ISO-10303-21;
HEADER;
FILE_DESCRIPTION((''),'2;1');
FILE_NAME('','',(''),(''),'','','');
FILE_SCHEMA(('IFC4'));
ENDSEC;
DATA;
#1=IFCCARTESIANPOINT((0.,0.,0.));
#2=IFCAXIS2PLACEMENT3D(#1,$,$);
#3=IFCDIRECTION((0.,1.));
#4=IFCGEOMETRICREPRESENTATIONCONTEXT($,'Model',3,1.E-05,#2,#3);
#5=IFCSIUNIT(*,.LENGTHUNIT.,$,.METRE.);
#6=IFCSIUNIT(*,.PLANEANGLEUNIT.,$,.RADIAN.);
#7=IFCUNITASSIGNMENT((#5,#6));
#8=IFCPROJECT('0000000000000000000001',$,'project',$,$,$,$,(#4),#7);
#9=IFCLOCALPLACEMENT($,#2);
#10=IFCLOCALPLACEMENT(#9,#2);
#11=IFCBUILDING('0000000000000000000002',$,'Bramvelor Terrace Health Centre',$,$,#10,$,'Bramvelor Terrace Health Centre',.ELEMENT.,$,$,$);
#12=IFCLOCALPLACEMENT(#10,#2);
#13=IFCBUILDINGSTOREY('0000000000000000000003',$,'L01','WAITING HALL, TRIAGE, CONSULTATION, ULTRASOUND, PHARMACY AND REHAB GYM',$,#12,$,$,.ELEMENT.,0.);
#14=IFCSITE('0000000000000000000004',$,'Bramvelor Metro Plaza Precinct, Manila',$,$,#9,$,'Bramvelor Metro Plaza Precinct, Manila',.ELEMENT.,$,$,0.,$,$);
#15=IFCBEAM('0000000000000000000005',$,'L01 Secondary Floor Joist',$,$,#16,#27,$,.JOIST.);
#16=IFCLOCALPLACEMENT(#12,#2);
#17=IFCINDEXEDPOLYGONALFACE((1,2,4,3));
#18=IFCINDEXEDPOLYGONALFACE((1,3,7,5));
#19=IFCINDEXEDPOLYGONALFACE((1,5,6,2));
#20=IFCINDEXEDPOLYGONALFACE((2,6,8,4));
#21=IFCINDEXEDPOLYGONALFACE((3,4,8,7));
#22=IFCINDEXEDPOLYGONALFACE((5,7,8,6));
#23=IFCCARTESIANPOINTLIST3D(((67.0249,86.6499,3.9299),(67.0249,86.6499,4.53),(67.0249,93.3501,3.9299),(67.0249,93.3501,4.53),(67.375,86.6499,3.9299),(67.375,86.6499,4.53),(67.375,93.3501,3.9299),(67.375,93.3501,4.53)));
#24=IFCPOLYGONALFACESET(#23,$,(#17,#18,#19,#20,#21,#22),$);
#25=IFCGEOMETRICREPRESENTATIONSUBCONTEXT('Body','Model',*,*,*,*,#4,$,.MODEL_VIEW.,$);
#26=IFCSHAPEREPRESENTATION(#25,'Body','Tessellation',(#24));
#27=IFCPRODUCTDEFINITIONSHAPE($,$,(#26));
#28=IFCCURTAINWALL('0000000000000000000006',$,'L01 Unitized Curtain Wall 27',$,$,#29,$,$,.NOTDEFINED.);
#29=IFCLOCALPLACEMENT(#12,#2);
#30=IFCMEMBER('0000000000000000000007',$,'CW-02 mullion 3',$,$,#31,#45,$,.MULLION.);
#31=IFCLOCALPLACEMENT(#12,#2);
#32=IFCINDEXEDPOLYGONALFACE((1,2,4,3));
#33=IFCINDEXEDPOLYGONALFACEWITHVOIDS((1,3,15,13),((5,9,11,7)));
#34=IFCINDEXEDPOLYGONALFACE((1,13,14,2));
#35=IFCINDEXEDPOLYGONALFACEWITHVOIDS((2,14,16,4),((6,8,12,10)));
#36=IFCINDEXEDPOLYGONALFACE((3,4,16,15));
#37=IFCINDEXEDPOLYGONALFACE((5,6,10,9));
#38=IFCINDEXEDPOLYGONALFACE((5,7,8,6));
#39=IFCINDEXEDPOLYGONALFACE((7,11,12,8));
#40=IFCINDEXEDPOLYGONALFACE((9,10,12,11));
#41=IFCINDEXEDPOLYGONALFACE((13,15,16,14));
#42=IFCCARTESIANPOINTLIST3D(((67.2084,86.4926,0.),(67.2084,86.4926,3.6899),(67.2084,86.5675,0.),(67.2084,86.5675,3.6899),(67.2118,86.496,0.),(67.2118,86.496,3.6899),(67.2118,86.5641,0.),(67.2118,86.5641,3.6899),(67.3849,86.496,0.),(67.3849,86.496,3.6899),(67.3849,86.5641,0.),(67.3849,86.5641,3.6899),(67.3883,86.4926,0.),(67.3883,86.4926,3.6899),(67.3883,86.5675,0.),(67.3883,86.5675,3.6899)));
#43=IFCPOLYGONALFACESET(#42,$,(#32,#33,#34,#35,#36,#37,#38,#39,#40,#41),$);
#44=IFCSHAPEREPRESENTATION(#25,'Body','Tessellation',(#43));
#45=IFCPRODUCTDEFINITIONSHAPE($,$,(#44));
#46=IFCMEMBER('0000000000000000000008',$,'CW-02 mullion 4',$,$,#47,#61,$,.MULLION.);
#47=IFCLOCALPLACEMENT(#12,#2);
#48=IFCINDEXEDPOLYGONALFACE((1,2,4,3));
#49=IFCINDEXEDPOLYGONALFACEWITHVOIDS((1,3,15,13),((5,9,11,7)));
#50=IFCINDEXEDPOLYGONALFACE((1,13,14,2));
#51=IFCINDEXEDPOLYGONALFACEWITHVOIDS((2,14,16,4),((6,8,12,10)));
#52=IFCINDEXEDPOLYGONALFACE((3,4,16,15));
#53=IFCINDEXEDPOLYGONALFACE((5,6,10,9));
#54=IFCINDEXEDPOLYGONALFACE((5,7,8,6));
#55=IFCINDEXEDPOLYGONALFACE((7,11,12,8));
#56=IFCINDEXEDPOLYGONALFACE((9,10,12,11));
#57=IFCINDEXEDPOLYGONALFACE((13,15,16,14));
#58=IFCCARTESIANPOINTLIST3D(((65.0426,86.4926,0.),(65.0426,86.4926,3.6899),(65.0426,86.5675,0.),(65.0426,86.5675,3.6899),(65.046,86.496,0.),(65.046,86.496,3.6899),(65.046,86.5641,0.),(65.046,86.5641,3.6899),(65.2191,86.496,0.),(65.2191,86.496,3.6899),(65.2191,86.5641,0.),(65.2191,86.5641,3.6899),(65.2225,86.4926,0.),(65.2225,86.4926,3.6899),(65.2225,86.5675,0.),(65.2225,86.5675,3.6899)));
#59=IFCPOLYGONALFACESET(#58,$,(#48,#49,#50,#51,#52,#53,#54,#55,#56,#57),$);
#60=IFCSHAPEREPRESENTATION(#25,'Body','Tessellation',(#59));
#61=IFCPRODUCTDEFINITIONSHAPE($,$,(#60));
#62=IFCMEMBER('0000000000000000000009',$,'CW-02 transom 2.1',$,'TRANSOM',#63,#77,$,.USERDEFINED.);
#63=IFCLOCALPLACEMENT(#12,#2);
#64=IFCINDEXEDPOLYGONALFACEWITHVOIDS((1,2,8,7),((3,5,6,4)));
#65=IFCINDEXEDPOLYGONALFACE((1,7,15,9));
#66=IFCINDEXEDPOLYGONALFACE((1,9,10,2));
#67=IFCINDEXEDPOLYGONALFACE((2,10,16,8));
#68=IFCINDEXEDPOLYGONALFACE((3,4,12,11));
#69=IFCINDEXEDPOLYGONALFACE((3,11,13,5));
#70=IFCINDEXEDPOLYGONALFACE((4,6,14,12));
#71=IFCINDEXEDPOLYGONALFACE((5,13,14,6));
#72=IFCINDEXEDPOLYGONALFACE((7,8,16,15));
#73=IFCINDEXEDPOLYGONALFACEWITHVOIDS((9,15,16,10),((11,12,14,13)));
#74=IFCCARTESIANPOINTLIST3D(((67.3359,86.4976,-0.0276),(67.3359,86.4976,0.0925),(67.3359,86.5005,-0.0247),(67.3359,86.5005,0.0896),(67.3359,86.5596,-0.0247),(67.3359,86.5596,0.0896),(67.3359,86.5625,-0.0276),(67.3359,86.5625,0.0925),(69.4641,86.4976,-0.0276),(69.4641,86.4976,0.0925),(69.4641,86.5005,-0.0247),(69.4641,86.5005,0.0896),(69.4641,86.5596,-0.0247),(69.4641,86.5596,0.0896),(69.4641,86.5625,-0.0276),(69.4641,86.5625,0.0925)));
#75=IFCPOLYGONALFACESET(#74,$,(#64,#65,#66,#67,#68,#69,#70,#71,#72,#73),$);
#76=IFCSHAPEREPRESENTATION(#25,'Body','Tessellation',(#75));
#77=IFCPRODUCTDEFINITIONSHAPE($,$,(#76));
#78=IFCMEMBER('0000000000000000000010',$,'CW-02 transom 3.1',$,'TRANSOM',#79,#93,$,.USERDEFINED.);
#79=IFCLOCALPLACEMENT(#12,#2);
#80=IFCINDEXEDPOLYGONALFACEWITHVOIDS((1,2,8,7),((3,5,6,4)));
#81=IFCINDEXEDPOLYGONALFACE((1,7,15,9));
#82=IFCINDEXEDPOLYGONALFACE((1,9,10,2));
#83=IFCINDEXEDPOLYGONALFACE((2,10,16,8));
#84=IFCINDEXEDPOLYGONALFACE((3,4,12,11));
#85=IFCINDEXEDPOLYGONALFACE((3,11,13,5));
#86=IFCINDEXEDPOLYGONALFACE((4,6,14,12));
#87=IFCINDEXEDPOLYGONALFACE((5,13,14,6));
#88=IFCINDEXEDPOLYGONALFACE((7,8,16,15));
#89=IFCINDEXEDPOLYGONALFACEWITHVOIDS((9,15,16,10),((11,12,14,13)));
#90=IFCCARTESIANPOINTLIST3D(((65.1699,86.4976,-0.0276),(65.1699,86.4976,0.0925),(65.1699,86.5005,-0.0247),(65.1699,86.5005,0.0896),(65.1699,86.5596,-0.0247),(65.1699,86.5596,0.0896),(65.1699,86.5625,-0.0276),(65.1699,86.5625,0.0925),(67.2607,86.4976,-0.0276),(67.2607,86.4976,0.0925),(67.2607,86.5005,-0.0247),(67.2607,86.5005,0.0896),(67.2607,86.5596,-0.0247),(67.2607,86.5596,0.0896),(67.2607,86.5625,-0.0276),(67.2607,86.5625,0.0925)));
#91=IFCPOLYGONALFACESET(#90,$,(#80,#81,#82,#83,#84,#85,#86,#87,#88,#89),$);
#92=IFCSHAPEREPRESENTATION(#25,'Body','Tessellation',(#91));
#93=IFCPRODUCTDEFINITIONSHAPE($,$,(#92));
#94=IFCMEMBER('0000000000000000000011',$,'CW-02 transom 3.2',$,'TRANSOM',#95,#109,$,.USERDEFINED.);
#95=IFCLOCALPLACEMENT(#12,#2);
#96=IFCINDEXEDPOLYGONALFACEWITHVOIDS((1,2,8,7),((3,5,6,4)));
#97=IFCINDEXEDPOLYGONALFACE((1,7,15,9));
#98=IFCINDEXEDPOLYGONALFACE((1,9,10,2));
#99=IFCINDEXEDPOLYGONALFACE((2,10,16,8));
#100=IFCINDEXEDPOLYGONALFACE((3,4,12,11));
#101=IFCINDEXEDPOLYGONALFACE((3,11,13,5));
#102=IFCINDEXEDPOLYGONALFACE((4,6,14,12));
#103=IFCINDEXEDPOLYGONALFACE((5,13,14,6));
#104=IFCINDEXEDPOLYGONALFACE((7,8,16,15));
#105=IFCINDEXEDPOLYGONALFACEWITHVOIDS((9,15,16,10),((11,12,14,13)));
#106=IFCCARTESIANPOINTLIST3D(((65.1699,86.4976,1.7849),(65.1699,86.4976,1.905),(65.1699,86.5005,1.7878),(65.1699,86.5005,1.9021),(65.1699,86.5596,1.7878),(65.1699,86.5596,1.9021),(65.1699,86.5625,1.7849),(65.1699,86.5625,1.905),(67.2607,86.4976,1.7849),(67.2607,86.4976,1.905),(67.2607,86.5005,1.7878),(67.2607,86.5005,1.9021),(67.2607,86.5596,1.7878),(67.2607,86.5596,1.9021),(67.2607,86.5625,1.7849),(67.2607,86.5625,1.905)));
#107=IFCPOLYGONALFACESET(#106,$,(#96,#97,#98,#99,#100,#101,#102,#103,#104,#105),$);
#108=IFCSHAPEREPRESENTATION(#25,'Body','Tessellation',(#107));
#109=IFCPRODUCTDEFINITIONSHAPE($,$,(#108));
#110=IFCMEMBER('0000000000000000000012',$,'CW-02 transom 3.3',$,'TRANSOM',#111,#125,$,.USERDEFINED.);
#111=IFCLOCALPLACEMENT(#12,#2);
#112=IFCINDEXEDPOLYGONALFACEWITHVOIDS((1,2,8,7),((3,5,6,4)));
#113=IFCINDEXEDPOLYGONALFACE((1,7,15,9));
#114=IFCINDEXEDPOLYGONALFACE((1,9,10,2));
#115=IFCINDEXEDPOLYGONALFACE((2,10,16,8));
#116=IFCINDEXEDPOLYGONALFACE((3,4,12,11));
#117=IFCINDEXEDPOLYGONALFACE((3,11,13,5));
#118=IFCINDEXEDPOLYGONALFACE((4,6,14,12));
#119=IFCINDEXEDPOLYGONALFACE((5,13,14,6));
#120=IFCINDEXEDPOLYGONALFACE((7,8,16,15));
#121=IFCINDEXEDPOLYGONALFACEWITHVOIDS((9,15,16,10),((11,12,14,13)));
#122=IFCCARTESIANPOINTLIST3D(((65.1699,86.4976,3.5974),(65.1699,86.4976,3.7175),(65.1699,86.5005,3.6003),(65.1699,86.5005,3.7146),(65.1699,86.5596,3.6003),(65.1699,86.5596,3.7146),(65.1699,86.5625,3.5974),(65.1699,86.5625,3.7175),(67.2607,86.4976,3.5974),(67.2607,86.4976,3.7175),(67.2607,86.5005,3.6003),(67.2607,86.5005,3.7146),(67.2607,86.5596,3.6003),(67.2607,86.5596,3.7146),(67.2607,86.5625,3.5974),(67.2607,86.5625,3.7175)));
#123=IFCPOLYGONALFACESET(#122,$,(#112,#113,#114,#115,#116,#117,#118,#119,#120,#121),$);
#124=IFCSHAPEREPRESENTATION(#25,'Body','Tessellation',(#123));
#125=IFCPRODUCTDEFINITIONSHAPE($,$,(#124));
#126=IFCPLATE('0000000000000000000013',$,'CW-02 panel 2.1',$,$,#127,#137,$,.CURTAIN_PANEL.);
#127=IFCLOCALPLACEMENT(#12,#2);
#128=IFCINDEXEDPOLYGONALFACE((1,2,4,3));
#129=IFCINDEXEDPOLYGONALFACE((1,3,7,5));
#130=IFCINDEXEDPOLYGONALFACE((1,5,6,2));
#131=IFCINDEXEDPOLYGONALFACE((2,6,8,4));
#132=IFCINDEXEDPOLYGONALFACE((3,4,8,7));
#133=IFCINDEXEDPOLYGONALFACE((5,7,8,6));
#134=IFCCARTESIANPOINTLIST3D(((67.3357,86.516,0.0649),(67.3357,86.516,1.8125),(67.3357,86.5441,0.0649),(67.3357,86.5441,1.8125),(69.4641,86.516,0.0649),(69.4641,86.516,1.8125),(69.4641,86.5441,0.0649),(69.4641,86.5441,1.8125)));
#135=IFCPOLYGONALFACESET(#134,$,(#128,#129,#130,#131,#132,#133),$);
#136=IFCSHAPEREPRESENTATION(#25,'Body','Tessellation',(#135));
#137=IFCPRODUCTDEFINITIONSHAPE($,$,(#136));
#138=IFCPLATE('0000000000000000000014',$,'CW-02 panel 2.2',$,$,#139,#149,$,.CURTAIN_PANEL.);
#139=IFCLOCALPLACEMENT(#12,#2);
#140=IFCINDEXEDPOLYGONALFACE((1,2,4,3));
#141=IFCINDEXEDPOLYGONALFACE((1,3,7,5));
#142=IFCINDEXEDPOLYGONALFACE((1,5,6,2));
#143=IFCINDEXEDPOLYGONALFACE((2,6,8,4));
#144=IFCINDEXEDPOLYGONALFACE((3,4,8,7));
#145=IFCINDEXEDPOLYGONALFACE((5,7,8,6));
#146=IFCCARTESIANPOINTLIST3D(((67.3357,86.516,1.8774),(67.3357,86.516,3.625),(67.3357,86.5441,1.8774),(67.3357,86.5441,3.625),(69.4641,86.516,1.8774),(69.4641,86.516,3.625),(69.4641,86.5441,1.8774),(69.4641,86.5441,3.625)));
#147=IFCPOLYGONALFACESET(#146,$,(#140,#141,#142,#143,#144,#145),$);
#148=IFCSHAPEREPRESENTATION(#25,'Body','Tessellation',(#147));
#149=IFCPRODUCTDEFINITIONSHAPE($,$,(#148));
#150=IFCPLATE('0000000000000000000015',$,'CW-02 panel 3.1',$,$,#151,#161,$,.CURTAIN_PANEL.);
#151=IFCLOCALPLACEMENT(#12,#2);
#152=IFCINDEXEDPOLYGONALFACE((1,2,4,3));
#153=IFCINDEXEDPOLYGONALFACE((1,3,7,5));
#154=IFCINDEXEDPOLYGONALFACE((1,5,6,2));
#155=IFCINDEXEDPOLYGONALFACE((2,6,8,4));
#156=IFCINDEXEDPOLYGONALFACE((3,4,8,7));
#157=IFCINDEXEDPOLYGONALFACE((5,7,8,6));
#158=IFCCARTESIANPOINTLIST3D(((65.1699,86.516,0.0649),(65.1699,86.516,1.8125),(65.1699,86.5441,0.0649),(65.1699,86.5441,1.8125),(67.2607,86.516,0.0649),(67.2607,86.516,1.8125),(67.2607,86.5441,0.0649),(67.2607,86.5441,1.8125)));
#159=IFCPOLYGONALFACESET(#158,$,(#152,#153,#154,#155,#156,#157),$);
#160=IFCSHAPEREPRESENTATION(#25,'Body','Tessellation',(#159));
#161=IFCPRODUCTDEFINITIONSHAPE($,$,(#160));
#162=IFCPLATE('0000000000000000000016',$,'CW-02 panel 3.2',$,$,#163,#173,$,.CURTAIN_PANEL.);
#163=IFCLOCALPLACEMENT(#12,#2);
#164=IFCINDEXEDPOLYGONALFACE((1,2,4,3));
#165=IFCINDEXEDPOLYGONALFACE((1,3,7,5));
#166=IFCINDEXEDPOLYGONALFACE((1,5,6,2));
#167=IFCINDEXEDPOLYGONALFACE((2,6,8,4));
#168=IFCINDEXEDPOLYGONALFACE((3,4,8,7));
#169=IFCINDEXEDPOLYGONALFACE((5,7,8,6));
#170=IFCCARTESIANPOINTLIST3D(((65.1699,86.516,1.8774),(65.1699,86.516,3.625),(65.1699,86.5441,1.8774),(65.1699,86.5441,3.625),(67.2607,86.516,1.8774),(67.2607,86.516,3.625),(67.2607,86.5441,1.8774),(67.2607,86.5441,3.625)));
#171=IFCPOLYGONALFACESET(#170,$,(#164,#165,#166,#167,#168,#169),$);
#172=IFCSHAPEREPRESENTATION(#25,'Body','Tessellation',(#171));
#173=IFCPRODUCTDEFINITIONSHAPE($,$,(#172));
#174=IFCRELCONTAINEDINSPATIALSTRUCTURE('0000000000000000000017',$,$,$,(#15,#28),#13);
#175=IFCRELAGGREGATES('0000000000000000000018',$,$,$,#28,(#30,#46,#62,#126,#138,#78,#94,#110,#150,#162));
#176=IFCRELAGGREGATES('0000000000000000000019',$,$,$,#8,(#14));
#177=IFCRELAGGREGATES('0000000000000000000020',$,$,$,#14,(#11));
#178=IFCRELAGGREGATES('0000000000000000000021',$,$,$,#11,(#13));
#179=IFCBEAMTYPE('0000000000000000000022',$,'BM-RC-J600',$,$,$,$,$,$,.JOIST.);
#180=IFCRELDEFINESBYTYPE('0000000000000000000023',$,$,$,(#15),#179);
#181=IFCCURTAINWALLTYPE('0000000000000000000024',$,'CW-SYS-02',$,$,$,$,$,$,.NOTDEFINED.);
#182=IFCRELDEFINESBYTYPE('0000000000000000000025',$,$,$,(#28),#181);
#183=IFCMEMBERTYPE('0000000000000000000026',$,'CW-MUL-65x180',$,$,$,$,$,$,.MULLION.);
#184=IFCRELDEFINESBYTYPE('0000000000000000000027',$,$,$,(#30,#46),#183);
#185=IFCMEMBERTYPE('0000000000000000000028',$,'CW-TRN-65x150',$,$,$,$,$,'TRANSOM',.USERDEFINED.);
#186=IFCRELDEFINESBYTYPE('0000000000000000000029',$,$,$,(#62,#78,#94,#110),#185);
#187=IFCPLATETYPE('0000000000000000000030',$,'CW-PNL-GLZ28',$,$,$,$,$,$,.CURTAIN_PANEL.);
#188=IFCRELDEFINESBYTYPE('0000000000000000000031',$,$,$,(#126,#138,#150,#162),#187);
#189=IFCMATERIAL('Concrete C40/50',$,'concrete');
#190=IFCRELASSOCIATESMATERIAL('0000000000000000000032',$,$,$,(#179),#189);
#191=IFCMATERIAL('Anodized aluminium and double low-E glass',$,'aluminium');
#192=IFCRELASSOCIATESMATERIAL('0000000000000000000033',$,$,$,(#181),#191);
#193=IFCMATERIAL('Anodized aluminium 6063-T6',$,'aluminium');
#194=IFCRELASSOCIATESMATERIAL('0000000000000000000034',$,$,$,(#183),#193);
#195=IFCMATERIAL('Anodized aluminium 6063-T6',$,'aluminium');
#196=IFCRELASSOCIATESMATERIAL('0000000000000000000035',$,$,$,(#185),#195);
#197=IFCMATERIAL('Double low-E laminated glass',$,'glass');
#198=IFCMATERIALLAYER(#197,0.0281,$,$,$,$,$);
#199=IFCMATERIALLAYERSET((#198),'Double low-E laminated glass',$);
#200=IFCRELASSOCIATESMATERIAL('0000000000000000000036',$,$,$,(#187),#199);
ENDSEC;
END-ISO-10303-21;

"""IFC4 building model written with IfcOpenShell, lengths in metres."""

from ifc_helpers import new_model, si_unit, direction, frame, origin, origin_2d, place, context, subcontext, project, spatial, rectangle, hollow_rectangle, extrude, material, layer, layer_set, material_profile, profile_set, type_object, element, aggregate, save


model = new_model("IFC4")

# Units and contexts
model_context = context("Model", 3, precision=1e-05, world=origin(), true_north=direction((0.0, 1.0)))
body_context = subcontext(model_context, "Body", "Model", "MODEL_VIEW")
ifc_project = project(units=[si_unit("LENGTHUNIT", "METRE"), si_unit("PLANEANGLEUNIT", "RADIAN")], contexts=[model_context])

# Site, building, storey
site_placement = place(None, origin())
site = spatial("IfcSite", under=ifc_project, at=site_placement, Name="Bramvelor Metro Plaza Precinct, Manila", LongName="Bramvelor Metro Plaza Precinct, Manila", CompositionType="ELEMENT", RefElevation=0.0)
building_placement = place(site_placement, origin())
building = spatial("IfcBuilding", under=site, at=building_placement, Name="Bramvelor Terrace Health Centre", LongName="Bramvelor Terrace Health Centre", CompositionType="ELEMENT")
storey_placement = place(building_placement, origin())
storey = spatial("IfcBuildingStorey", under=building, at=storey_placement, Name="L01", Description="WAITING HALL, TRIAGE, CONSULTATION, ULTRASOUND, PHARMACY AND REHAB GYM", CompositionType="ELEMENT", Elevation=0.0)

# Beam
ifc_material_1 = material(Name="Concrete C40/50", Category="concrete")
ifc_material_profile_1 = material_profile(ifc_material_1, rectangle(XDim=0.3501, YDim=0.6001, at=origin_2d()), Name="RC 350x600")
ifc_profile_set_1 = profile_set([ifc_material_profile_1], Name="Concrete C40/50")
beam_type_1 = type_object("IfcBeamType", Name="BM-RC-J600", PredefinedType="JOIST", material=ifc_profile_set_1)
beam_1_placement = place(storey_placement, frame((67.2, 86.6499, 4.23), z_axis=(0.0, 1.0, 0.0), x_axis=(-1.0, 0.0, 0.0)))
element("IfcBeam", 1, at=beam_1_placement, inside=storey, type_object=beam_type_1, Name="L01 Secondary Floor Joist", PredefinedType="JOIST", context=body_context, shape_type="SweptSolid", body=[
    extrude(rectangle(XDim=0.3501, YDim=0.6001, at=origin_2d()), origin(), (0.0, 0.0, 1.0), 6.7002),
])

# Curtain wall, members, plates
ifc_material_2 = material(Name="Anodized aluminium and double low-E glass", Category="aluminium")
curtain_wall_type = type_object("IfcCurtainWallType", Name="CW-SYS-02", PredefinedType="NOTDEFINED", material=ifc_material_2)
curtain_wall_placement = place(storey_placement, origin())
curtain_wall = element("IfcCurtainWall", 2, at=curtain_wall_placement, inside=storey, type_object=curtain_wall_type, Name="L01 Unitized Curtain Wall 27", PredefinedType="NOTDEFINED")
ifc_material_3 = material(Name="Anodized aluminium 6063-T6", Category="aluminium")
ifc_material_profile_2 = material_profile(ifc_material_3, hollow_rectangle(XDim=0.075, YDim=0.1799, WallThickness=0.0034, at=origin_2d()), Name="ALU-MUL 75x180x3.5")
ifc_profile_set_2 = profile_set([ifc_material_profile_2], Name="Anodized aluminium 6063-T6")
member_type_1 = type_object("IfcMemberType", Name="CW-MUL-65x180", PredefinedType="MULLION", material=ifc_profile_set_2)
member_1_placement = place(storey_placement, frame((67.2983, 86.53, 0.0), z_axis=(0.0, 0.0, 1.0), x_axis=(0.0, -1.0, 0.0)))
member_1 = element("IfcMember", 3, at=member_1_placement, type_object=member_type_1, Name="CW-02 mullion 3", PredefinedType="MULLION", context=body_context, shape_type="SweptSolid", body=[
    extrude(hollow_rectangle(XDim=0.075, YDim=0.1799, WallThickness=0.0034, at=origin_2d()), origin(), (0.0, 0.0, 1.0), 3.6899),
])
member_2_placement = place(storey_placement, frame((65.1326, 86.53, 0.0), z_axis=(0.0, 0.0, 1.0), x_axis=(0.0, -1.0, 0.0)))
member_2 = element("IfcMember", 4, at=member_2_placement, type_object=member_type_1, Name="CW-02 mullion 4", PredefinedType="MULLION", context=body_context, shape_type="SweptSolid", body=[
    extrude(hollow_rectangle(XDim=0.075, YDim=0.1799, WallThickness=0.0034, at=origin_2d()), origin(), (0.0, 0.0, 1.0), 3.6899),
])
ifc_material_4 = material(Name="Anodized aluminium 6063-T6", Category="aluminium")
ifc_material_profile_3 = material_profile(ifc_material_4, hollow_rectangle(XDim=0.0649, YDim=0.1201, WallThickness=0.0029, at=origin_2d()), Name="ALU-TRN 65x120x3.0")
ifc_profile_set_3 = profile_set([ifc_material_profile_3], Name="Anodized aluminium 6063-T6")
member_type_2 = type_object("IfcMemberType", Name="CW-TRN-65x150", ElementType="TRANSOM", PredefinedType="USERDEFINED", material=ifc_profile_set_3)
member_3_placement = place(storey_placement, frame((69.4641, 86.53, 0.0325), z_axis=(-1.0, 0.0, 0.0), x_axis=(0.0, -1.0, 0.0)))
member_3 = element("IfcMember", 5, at=member_3_placement, type_object=member_type_2, Name="CW-02 transom 2.1", ObjectType="TRANSOM", PredefinedType="USERDEFINED", context=body_context, shape_type="SweptSolid", body=[
    extrude(hollow_rectangle(XDim=0.0649, YDim=0.1201, WallThickness=0.0029, at=origin_2d()), origin(), (0.0, 0.0, 1.0), 2.1282),
])
member_4_placement = place(storey_placement, frame((67.2607, 86.53, 0.0325), z_axis=(-1.0, 0.0, 0.0), x_axis=(0.0, -1.0, 0.0)))
member_4 = element("IfcMember", 6, at=member_4_placement, type_object=member_type_2, Name="CW-02 transom 3.1", ObjectType="TRANSOM", PredefinedType="USERDEFINED", context=body_context, shape_type="SweptSolid", body=[
    extrude(hollow_rectangle(XDim=0.0649, YDim=0.1201, WallThickness=0.0029, at=origin_2d()), origin(), (0.0, 0.0, 1.0), 2.0908),
])
member_5_placement = place(storey_placement, frame((67.2607, 86.53, 1.845), z_axis=(-1.0, 0.0, 0.0), x_axis=(0.0, -1.0, 0.0)))
member_5 = element("IfcMember", 7, at=member_5_placement, type_object=member_type_2, Name="CW-02 transom 3.2", ObjectType="TRANSOM", PredefinedType="USERDEFINED", context=body_context, shape_type="SweptSolid", body=[
    extrude(hollow_rectangle(XDim=0.0649, YDim=0.1201, WallThickness=0.0029, at=origin_2d()), origin(), (0.0, 0.0, 1.0), 2.0908),
])
member_6_placement = place(storey_placement, frame((67.2607, 86.53, 3.6575), z_axis=(-1.0, 0.0, 0.0), x_axis=(0.0, -1.0, 0.0)))
member_6 = element("IfcMember", 8, at=member_6_placement, type_object=member_type_2, Name="CW-02 transom 3.3", ObjectType="TRANSOM", PredefinedType="USERDEFINED", context=body_context, shape_type="SweptSolid", body=[
    extrude(hollow_rectangle(XDim=0.0649, YDim=0.1201, WallThickness=0.0029, at=origin_2d()), origin(), (0.0, 0.0, 1.0), 2.0908),
])
ifc_material_5 = material(Name="Double low-E laminated glass", Category="glass")
ifc_layer_1 = layer(ifc_material_5, 0.0281)
ifc_layer_set_1 = layer_set([ifc_layer_1], Name="Double low-E laminated glass")
plate_type = type_object("IfcPlateType", Name="CW-PNL-GLZ28", PredefinedType="CURTAIN_PANEL", material=ifc_layer_set_1)
plate_1_placement = place(storey_placement, frame((68.3999, 86.53, 0.0649), z_axis=(0.0, 0.0, 1.0), x_axis=(-1.0, 0.0, 0.0)))
plate_1 = element("IfcPlate", 9, at=plate_1_placement, type_object=plate_type, Name="CW-02 panel 2.1", PredefinedType="CURTAIN_PANEL", context=body_context, shape_type="SweptSolid", body=[
    extrude(rectangle(XDim=2.1284, YDim=0.0281, at=origin_2d()), origin(), (0.0, 0.0, 1.0), 1.7476),
])
plate_2_placement = place(storey_placement, frame((68.3999, 86.53, 1.8774), z_axis=(0.0, 0.0, 1.0), x_axis=(-1.0, 0.0, 0.0)))
plate_2 = element("IfcPlate", 10, at=plate_2_placement, type_object=plate_type, Name="CW-02 panel 2.2", PredefinedType="CURTAIN_PANEL", context=body_context, shape_type="SweptSolid", body=[
    extrude(rectangle(XDim=2.1284, YDim=0.0281, at=origin_2d()), origin(), (0.0, 0.0, 1.0), 1.7476),
])
plate_3_placement = place(storey_placement, frame((66.2153, 86.53, 0.0649), z_axis=(0.0, 0.0, 1.0), x_axis=(-1.0, 0.0, 0.0)))
plate_3 = element("IfcPlate", 11, at=plate_3_placement, type_object=plate_type, Name="CW-02 panel 3.1", PredefinedType="CURTAIN_PANEL", context=body_context, shape_type="SweptSolid", body=[
    extrude(rectangle(XDim=2.0908, YDim=0.0281, at=origin_2d()), origin(), (0.0, 0.0, 1.0), 1.7476),
])
plate_4_placement = place(storey_placement, frame((66.2153, 86.53, 1.8774), z_axis=(0.0, 0.0, 1.0), x_axis=(-1.0, 0.0, 0.0)))
plate_4 = element("IfcPlate", 12, at=plate_4_placement, type_object=plate_type, Name="CW-02 panel 3.2", PredefinedType="CURTAIN_PANEL", context=body_context, shape_type="SweptSolid", body=[
    extrude(rectangle(XDim=2.0908, YDim=0.0281, at=origin_2d()), origin(), (0.0, 0.0, 1.0), 1.7476),
])
aggregate(curtain_wall, [member_1, member_2, member_3, plate_1, plate_2, member_4, member_5, member_6, plate_3, plate_4])

save(model, "model.ifc")
